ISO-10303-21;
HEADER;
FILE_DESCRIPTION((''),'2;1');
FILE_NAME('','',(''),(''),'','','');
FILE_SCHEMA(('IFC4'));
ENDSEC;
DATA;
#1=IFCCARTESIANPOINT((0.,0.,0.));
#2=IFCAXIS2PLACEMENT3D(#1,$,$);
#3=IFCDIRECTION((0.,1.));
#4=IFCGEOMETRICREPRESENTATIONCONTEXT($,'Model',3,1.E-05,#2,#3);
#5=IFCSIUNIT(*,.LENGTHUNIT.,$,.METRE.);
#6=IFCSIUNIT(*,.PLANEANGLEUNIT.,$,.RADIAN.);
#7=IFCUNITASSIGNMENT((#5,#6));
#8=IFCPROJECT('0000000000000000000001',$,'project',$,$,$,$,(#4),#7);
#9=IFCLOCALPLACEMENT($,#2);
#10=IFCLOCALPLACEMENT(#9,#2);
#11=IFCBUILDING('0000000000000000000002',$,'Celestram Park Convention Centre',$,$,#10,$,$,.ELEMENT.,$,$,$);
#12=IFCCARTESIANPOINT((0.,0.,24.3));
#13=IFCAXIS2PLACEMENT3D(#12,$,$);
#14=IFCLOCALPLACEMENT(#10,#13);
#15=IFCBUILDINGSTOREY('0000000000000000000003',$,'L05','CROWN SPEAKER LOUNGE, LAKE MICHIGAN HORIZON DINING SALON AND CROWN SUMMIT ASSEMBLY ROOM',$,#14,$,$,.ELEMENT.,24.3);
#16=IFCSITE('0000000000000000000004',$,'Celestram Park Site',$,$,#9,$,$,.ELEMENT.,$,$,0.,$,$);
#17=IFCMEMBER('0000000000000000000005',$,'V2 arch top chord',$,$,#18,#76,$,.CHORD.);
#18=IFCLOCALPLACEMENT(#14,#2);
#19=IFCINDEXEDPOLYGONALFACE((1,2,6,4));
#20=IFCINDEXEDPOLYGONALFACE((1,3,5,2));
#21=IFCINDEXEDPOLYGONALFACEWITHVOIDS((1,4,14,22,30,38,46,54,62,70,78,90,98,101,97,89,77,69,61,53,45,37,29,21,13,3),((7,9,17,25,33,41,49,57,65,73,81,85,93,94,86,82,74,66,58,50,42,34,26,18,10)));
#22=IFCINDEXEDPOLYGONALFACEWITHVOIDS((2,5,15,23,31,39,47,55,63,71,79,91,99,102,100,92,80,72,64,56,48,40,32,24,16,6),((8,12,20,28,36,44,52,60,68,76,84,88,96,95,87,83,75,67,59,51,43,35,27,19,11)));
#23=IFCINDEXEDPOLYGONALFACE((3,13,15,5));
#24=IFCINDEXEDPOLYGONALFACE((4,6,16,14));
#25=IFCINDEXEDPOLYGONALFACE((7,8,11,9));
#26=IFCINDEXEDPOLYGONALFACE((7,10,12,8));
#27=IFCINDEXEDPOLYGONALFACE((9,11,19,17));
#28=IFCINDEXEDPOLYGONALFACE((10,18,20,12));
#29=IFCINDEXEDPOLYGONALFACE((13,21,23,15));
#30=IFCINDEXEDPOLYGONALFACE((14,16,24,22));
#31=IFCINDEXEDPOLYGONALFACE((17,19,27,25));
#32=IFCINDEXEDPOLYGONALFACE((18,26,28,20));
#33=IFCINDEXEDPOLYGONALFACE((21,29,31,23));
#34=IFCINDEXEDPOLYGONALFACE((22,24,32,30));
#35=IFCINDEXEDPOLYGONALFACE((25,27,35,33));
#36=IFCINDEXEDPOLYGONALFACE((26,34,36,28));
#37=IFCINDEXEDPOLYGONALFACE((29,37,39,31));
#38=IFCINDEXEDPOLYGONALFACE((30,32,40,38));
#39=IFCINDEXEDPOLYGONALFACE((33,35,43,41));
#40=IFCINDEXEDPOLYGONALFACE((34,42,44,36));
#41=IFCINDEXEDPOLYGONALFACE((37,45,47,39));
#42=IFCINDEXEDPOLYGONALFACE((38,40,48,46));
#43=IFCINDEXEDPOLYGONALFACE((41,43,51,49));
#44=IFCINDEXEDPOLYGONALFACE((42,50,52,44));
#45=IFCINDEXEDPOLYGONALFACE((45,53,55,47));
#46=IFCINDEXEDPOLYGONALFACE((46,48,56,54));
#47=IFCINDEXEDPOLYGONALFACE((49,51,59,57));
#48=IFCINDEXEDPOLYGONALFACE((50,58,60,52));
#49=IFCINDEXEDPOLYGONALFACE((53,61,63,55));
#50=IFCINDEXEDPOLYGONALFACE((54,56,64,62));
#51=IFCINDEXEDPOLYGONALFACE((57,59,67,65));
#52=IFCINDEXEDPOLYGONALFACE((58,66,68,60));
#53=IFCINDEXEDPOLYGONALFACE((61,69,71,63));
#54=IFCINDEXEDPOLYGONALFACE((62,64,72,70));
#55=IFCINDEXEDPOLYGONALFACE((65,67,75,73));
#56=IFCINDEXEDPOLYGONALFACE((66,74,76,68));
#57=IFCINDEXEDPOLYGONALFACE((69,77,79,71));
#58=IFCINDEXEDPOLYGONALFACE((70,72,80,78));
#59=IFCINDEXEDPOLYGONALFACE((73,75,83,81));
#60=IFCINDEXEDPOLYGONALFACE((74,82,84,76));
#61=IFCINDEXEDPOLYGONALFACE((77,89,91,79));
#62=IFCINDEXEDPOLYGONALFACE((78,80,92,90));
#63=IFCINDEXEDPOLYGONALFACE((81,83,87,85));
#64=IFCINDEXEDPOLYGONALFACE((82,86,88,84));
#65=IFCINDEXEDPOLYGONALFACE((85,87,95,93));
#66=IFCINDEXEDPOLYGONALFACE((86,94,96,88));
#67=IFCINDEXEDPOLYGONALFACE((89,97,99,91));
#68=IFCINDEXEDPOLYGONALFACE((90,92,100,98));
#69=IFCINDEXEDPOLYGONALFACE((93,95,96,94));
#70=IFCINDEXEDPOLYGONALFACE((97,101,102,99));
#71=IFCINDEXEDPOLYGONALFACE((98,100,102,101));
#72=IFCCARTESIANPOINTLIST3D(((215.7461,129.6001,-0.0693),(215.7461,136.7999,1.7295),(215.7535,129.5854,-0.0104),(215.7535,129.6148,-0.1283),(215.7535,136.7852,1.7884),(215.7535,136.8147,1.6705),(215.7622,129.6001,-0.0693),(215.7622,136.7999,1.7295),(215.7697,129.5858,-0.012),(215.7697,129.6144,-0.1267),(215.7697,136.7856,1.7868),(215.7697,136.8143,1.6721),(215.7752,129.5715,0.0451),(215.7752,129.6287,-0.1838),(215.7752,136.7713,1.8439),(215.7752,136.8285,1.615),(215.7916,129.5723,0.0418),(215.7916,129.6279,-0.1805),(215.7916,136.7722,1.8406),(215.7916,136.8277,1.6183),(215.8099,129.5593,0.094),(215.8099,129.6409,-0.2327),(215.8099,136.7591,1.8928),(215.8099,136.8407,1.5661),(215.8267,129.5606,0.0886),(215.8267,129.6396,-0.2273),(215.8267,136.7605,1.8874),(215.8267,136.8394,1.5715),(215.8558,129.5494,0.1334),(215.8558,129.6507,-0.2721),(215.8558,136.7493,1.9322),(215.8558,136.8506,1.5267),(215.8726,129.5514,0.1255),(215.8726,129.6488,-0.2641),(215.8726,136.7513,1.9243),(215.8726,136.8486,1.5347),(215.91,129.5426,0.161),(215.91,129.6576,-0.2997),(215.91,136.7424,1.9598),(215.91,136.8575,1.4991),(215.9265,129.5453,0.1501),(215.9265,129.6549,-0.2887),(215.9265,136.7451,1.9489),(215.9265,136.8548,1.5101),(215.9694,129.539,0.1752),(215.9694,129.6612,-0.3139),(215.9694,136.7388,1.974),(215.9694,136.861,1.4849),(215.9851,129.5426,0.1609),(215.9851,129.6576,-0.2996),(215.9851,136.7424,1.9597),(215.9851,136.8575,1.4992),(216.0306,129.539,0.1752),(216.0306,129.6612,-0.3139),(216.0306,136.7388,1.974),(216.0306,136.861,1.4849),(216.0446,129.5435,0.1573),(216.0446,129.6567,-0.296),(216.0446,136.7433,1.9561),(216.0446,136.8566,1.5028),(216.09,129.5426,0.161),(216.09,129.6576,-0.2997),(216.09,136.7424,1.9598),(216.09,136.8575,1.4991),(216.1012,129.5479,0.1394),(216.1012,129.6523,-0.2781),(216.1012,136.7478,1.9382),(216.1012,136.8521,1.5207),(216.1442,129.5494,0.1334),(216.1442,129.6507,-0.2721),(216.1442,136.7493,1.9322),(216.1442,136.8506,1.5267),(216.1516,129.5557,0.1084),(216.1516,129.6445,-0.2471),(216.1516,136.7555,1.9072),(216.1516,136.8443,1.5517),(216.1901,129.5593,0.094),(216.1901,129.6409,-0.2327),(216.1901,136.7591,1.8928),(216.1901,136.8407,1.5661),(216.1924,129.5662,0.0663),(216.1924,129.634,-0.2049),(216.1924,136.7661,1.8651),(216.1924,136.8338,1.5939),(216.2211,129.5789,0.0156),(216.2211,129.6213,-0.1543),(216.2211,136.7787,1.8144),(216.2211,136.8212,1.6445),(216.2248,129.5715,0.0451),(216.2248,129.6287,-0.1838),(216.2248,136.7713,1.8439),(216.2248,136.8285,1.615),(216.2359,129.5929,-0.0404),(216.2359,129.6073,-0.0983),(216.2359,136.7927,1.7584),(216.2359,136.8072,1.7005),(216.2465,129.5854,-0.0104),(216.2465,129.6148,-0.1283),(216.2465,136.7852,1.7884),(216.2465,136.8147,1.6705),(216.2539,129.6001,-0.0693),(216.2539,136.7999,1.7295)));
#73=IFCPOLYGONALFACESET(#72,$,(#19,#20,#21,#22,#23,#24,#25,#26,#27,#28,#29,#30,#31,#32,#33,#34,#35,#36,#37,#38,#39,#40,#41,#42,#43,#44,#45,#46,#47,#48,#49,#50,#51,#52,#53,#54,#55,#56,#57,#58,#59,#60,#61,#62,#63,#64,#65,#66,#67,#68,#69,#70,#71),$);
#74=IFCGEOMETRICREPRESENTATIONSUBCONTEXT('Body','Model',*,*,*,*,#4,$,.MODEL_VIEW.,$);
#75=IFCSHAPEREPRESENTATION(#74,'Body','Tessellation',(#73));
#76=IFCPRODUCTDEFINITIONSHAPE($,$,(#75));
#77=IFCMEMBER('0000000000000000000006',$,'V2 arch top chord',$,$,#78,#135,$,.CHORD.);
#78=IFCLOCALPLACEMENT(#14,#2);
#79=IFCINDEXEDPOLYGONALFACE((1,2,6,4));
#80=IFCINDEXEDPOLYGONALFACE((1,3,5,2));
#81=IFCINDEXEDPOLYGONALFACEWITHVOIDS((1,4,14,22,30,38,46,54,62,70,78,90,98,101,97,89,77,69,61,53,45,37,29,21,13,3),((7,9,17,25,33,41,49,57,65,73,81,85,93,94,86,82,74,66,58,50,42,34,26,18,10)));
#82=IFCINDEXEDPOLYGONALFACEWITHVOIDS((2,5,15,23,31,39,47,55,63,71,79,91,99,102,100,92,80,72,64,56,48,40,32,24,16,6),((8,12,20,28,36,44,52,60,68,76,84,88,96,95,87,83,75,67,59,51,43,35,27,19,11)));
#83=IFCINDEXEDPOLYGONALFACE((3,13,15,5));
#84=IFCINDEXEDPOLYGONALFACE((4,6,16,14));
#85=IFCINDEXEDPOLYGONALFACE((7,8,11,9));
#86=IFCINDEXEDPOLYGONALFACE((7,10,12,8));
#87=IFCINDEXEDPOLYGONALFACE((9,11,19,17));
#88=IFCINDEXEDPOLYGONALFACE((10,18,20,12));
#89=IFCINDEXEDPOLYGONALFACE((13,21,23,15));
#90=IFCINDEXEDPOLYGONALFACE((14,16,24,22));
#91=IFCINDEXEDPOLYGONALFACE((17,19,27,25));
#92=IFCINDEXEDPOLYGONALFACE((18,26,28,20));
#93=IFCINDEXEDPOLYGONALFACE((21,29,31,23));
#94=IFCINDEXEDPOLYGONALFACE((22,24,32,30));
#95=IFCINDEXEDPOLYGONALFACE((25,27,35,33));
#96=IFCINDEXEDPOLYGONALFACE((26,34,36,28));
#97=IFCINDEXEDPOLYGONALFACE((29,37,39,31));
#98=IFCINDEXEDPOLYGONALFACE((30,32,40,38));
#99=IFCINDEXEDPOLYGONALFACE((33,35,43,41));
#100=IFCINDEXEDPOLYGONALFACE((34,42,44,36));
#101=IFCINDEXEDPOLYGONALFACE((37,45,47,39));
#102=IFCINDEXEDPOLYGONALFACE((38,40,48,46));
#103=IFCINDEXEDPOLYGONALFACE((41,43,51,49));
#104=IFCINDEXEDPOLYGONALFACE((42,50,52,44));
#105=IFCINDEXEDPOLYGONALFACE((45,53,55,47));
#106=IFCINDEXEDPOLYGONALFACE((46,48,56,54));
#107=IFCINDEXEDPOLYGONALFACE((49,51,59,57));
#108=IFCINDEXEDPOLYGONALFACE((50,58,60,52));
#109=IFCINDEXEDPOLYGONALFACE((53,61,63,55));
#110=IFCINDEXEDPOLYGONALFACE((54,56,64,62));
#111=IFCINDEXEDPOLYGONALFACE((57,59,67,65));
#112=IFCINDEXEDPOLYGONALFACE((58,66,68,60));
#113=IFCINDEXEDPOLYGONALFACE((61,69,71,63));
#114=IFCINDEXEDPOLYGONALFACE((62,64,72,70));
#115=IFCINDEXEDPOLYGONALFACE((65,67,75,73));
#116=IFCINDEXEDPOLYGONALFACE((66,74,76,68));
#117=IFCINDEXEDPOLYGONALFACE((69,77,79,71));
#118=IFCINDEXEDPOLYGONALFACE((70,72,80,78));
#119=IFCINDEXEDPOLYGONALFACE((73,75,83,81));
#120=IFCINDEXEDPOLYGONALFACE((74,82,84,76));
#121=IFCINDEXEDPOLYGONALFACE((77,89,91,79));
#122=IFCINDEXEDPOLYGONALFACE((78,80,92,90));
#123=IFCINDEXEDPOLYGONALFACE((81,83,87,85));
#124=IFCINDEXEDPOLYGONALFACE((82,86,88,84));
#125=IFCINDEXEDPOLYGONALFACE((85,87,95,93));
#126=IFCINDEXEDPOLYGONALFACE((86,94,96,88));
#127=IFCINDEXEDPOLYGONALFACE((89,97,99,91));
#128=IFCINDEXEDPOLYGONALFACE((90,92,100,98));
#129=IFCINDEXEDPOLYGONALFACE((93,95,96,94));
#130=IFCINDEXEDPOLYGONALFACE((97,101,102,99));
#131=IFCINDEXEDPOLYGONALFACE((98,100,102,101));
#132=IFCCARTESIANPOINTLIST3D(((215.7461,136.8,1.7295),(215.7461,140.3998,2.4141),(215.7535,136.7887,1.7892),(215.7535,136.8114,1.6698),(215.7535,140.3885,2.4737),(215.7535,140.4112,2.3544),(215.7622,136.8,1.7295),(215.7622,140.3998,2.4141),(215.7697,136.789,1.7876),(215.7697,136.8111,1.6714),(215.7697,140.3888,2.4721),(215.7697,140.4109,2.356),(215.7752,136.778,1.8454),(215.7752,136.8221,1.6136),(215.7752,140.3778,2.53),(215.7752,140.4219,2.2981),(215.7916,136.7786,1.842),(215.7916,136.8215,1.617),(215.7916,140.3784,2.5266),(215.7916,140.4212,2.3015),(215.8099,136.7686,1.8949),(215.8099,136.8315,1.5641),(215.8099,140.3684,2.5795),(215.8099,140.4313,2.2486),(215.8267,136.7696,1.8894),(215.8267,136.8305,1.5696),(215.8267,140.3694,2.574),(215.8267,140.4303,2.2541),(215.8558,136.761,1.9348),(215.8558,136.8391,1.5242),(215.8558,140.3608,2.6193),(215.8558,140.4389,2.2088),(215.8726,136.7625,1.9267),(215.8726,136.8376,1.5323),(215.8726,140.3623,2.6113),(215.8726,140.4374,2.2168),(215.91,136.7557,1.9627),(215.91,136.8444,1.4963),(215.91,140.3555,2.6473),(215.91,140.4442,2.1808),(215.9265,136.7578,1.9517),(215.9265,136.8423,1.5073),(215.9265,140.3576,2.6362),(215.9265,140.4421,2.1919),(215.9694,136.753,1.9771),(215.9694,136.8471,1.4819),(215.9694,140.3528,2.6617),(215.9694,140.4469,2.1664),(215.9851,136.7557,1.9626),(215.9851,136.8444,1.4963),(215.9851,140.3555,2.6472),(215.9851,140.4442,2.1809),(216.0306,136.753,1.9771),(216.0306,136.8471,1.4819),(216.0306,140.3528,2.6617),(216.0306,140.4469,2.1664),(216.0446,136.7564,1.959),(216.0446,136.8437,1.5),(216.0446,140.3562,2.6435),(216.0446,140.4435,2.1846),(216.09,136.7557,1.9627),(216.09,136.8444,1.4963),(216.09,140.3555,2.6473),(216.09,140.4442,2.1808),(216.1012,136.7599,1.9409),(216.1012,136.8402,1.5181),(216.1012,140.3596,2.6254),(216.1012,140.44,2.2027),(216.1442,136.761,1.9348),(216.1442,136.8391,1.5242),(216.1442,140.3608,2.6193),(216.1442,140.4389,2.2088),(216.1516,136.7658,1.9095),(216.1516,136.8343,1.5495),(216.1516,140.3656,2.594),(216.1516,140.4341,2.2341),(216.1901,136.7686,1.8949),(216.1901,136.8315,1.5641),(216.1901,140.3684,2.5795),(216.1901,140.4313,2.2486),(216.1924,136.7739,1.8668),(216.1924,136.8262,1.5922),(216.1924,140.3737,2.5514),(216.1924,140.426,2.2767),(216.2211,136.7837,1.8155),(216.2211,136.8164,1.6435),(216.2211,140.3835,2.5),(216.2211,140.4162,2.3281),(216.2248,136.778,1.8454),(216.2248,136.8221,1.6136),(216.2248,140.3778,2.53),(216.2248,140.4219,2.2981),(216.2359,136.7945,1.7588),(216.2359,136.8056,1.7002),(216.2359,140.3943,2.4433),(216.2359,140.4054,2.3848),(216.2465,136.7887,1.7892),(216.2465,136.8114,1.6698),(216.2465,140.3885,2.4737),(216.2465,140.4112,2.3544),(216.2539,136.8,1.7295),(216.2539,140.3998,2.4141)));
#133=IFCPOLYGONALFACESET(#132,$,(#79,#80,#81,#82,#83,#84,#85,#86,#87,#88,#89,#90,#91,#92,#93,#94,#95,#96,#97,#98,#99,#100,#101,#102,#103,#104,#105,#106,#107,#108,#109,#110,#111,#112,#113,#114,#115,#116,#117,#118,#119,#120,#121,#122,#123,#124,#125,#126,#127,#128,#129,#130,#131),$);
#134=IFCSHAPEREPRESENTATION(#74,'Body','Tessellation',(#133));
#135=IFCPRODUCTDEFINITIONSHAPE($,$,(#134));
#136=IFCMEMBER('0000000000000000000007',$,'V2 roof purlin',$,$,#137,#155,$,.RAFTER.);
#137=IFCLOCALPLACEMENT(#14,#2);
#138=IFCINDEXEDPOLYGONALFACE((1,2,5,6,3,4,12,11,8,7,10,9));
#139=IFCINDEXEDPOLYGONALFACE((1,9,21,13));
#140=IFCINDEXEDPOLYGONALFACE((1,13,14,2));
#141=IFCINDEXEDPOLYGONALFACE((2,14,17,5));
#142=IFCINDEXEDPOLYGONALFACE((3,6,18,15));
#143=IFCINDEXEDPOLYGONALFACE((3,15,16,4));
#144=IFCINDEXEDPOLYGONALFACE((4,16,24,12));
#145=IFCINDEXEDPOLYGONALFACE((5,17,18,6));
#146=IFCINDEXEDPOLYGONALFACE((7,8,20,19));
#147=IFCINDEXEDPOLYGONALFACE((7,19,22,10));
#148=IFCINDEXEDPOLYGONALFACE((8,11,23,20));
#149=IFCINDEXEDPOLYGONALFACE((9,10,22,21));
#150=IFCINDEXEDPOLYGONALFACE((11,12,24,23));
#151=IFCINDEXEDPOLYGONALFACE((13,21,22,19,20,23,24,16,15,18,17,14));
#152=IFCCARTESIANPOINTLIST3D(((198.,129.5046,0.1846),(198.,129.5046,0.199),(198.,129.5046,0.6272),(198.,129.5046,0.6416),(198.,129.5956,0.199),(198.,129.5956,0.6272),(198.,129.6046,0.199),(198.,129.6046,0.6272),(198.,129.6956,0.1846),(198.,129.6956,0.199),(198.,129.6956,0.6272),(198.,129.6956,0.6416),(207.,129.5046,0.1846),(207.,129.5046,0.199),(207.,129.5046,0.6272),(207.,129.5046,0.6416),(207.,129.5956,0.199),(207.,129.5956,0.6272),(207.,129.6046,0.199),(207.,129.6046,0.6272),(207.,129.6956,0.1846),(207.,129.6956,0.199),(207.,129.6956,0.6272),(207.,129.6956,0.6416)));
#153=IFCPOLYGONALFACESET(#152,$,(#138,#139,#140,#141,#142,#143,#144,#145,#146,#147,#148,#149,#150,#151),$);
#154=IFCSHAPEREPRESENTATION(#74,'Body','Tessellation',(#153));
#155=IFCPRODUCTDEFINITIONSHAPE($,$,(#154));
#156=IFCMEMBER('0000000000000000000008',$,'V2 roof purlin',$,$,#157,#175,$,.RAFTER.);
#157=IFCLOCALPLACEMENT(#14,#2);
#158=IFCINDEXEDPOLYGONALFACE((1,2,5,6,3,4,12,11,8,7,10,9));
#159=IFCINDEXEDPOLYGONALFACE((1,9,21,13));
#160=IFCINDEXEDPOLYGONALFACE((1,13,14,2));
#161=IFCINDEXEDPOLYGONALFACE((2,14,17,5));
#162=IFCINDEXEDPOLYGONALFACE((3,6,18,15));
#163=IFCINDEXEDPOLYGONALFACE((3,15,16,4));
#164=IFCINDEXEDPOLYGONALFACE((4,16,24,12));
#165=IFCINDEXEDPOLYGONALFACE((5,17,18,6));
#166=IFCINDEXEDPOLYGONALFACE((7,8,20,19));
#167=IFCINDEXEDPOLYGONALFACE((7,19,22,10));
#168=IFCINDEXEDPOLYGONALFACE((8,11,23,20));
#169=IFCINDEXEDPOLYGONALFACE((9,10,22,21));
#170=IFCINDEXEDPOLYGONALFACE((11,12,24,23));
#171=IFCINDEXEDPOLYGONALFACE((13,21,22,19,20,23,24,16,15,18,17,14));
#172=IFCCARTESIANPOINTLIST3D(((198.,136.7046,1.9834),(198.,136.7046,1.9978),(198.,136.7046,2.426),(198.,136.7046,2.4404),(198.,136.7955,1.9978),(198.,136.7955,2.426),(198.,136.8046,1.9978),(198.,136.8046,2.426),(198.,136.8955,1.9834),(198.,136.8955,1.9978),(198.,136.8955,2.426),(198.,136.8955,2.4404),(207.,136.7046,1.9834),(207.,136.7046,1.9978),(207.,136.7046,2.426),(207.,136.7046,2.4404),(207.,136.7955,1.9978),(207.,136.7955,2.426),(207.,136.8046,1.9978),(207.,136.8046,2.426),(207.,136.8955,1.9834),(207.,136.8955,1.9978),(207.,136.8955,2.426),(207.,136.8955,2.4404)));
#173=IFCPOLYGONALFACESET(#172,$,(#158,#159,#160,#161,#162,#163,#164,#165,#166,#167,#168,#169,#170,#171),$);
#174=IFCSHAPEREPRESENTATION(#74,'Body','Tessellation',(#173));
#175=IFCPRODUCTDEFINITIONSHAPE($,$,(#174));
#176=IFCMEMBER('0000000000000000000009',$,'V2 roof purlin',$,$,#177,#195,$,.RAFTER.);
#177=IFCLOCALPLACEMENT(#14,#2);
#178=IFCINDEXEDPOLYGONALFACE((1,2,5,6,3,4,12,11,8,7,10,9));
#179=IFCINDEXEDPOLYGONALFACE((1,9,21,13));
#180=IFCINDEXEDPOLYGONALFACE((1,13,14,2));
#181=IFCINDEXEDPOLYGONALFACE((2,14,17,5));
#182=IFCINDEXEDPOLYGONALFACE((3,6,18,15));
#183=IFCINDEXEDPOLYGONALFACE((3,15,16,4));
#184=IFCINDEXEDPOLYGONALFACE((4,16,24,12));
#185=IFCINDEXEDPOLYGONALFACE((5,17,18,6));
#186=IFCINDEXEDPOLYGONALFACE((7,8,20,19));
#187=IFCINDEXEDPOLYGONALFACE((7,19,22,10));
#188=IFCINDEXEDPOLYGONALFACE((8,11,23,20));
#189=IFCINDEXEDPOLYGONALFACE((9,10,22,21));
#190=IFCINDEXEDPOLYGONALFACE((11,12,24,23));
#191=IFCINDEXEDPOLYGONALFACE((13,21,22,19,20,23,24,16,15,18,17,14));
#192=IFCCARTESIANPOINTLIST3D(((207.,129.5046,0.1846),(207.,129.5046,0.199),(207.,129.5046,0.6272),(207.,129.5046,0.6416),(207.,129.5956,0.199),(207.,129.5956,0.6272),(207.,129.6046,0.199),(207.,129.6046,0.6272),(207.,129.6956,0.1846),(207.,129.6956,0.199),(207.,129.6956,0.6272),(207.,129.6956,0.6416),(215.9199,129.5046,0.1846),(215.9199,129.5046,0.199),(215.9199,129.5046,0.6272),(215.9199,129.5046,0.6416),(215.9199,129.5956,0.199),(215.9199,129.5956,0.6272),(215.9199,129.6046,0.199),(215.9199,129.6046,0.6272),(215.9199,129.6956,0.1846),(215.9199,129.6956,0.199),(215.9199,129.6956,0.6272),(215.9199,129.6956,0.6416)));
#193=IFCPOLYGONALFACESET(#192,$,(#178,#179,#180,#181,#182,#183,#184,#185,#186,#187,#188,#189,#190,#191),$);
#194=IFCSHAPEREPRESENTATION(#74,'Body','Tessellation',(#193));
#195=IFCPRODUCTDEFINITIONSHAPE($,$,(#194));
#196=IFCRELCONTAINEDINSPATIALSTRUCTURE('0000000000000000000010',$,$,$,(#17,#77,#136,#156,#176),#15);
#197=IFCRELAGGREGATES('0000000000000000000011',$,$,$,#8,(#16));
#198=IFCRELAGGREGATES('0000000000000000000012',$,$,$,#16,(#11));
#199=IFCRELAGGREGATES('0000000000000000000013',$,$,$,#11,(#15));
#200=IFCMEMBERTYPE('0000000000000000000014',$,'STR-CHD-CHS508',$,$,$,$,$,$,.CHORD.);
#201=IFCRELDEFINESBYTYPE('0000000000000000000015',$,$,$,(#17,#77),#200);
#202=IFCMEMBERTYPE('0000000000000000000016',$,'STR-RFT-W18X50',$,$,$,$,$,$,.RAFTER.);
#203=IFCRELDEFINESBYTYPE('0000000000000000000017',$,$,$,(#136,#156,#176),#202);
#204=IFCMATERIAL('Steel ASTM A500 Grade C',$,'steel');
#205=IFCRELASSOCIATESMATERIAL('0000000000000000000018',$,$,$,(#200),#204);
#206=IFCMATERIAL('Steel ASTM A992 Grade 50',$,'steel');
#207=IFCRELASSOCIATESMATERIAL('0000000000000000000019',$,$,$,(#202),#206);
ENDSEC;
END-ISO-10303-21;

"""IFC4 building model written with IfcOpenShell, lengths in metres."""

from ifc_helpers import new_model, si_unit, direction, frame, origin, origin_2d, place, context, subcontext, project, spatial, hollow_circle, i_section, extrude, material, material_profile, profile_set, type_object, element, save


model = new_model("IFC4")

# Units and contexts
model_context = context("Model", 3, precision=1e-05, world=origin(), true_north=direction((0.0, 1.0)))
body_context = subcontext(model_context, "Body", "Model", "MODEL_VIEW")
ifc_project = project(units=[si_unit("LENGTHUNIT", "METRE"), si_unit("PLANEANGLEUNIT", "RADIAN")], contexts=[model_context])

# Site, building, storey
site_placement = place(None, origin())
site = spatial("IfcSite", under=ifc_project, at=site_placement, Name="Celestram Park Site", CompositionType="ELEMENT", RefElevation=0.0)
building_placement = place(site_placement, origin())
building = spatial("IfcBuilding", under=site, at=building_placement, Name="Celestram Park Convention Centre", CompositionType="ELEMENT")
storey_placement = place(building_placement, frame((0.0, 0.0, 24.3)))
storey = spatial("IfcBuildingStorey", under=building, at=storey_placement, Name="L05", Description="CROWN SPEAKER LOUNGE, LAKE MICHIGAN HORIZON DINING SALON AND CROWN SUMMIT ASSEMBLY ROOM", CompositionType="ELEMENT", Elevation=24.3)

# Members
ifc_material_1 = material(Name="Steel ASTM A500 Grade C", Category="steel")
ifc_material_profile_1 = material_profile(ifc_material_1, hollow_circle(Radius=0.2539, WallThickness=0.0161, at=origin_2d()), Name="CHS508X16")
ifc_profile_set_1 = profile_set([ifc_material_profile_1], Name="Steel ASTM A500 Grade C")
member_type_1 = type_object("IfcMemberType", Name="STR-CHD-CHS508", PredefinedType="CHORD", material=ifc_profile_set_1)
member_1_placement = place(storey_placement, frame((216.0, 129.6001, -0.0693), z_axis=(0.0, 0.970179, 0.242389), x_axis=(-1.0, 0.0, 0.0)))
element("IfcMember", 1, at=member_1_placement, inside=storey, type_object=member_type_1, Name="V2 arch top chord", PredefinedType="CHORD", context=body_context, shape_type="SweptSolid", body=[
    extrude(hollow_circle(Radius=0.2539, WallThickness=0.0161, at=origin_2d()), origin(), (0.0, 0.0, 1.0), 7.4211),
])
member_2_placement = place(storey_placement, frame((216.0, 136.8, 1.7295), z_axis=(0.0, 0.982395, 0.186818), x_axis=(-1.0, 0.0, 0.0)))
element("IfcMember", 2, at=member_2_placement, inside=storey, type_object=member_type_1, Name="V2 arch top chord", PredefinedType="CHORD", context=body_context, shape_type="SweptSolid", body=[
    extrude(hollow_circle(Radius=0.2539, WallThickness=0.0161, at=origin_2d()), origin(), (0.0, 0.0, 1.0), 3.6643),
])
ifc_material_2 = material(Name="Steel ASTM A992 Grade 50", Category="steel")
ifc_material_profile_2 = material_profile(ifc_material_2, i_section(OverallWidth=0.1909, OverallDepth=0.457, WebThickness=0.009, FlangeThickness=0.0144, at=origin_2d()), Name="W18X50")
ifc_profile_set_2 = profile_set([ifc_material_profile_2], Name="Steel ASTM A992 Grade 50")
member_type_2 = type_object("IfcMemberType", Name="STR-RFT-W18X50", PredefinedType="RAFTER", material=ifc_profile_set_2)
for number, where, z_axis, x_axis, name in (
    (3, (198.0, 129.6001, 0.4131), (1.0, 0.0, 0.0), (0.0, 1.0, 0.0), "V2 roof purlin"),
    (4, (198.0, 136.8, 2.2119), (1.0, 0.0, 0.0), (0.0, 1.0, 0.0), "V2 roof purlin"),
):
    element("IfcMember", number, at=place(storey_placement, frame(where, z_axis=z_axis, x_axis=x_axis)), inside=storey, type_object=member_type_2, Name=name, PredefinedType="RAFTER", context=body_context, shape_type="SweptSolid", body=[
        extrude(i_section(OverallWidth=0.1909, OverallDepth=0.457, WebThickness=0.009, FlangeThickness=0.0144, at=origin_2d()), origin(), (0.0, 0.0, 1.0), 9.0),
    ])
for number, where, z_axis, x_axis, name in (
    (5, (207.0, 129.6001, 0.4131), (1.0, 0.0, 0.0), (0.0, 1.0, 0.0), "V2 roof purlin"),
):
    element("IfcMember", number, at=place(storey_placement, frame(where, z_axis=z_axis, x_axis=x_axis)), inside=storey, type_object=member_type_2, Name=name, PredefinedType="RAFTER", context=body_context, shape_type="SweptSolid", body=[
        extrude(i_section(OverallWidth=0.1909, OverallDepth=0.457, WebThickness=0.009, FlangeThickness=0.0144, at=origin_2d()), origin(), (0.0, 0.0, 1.0), 8.9199),
    ])

save(model, "model.ifc")
